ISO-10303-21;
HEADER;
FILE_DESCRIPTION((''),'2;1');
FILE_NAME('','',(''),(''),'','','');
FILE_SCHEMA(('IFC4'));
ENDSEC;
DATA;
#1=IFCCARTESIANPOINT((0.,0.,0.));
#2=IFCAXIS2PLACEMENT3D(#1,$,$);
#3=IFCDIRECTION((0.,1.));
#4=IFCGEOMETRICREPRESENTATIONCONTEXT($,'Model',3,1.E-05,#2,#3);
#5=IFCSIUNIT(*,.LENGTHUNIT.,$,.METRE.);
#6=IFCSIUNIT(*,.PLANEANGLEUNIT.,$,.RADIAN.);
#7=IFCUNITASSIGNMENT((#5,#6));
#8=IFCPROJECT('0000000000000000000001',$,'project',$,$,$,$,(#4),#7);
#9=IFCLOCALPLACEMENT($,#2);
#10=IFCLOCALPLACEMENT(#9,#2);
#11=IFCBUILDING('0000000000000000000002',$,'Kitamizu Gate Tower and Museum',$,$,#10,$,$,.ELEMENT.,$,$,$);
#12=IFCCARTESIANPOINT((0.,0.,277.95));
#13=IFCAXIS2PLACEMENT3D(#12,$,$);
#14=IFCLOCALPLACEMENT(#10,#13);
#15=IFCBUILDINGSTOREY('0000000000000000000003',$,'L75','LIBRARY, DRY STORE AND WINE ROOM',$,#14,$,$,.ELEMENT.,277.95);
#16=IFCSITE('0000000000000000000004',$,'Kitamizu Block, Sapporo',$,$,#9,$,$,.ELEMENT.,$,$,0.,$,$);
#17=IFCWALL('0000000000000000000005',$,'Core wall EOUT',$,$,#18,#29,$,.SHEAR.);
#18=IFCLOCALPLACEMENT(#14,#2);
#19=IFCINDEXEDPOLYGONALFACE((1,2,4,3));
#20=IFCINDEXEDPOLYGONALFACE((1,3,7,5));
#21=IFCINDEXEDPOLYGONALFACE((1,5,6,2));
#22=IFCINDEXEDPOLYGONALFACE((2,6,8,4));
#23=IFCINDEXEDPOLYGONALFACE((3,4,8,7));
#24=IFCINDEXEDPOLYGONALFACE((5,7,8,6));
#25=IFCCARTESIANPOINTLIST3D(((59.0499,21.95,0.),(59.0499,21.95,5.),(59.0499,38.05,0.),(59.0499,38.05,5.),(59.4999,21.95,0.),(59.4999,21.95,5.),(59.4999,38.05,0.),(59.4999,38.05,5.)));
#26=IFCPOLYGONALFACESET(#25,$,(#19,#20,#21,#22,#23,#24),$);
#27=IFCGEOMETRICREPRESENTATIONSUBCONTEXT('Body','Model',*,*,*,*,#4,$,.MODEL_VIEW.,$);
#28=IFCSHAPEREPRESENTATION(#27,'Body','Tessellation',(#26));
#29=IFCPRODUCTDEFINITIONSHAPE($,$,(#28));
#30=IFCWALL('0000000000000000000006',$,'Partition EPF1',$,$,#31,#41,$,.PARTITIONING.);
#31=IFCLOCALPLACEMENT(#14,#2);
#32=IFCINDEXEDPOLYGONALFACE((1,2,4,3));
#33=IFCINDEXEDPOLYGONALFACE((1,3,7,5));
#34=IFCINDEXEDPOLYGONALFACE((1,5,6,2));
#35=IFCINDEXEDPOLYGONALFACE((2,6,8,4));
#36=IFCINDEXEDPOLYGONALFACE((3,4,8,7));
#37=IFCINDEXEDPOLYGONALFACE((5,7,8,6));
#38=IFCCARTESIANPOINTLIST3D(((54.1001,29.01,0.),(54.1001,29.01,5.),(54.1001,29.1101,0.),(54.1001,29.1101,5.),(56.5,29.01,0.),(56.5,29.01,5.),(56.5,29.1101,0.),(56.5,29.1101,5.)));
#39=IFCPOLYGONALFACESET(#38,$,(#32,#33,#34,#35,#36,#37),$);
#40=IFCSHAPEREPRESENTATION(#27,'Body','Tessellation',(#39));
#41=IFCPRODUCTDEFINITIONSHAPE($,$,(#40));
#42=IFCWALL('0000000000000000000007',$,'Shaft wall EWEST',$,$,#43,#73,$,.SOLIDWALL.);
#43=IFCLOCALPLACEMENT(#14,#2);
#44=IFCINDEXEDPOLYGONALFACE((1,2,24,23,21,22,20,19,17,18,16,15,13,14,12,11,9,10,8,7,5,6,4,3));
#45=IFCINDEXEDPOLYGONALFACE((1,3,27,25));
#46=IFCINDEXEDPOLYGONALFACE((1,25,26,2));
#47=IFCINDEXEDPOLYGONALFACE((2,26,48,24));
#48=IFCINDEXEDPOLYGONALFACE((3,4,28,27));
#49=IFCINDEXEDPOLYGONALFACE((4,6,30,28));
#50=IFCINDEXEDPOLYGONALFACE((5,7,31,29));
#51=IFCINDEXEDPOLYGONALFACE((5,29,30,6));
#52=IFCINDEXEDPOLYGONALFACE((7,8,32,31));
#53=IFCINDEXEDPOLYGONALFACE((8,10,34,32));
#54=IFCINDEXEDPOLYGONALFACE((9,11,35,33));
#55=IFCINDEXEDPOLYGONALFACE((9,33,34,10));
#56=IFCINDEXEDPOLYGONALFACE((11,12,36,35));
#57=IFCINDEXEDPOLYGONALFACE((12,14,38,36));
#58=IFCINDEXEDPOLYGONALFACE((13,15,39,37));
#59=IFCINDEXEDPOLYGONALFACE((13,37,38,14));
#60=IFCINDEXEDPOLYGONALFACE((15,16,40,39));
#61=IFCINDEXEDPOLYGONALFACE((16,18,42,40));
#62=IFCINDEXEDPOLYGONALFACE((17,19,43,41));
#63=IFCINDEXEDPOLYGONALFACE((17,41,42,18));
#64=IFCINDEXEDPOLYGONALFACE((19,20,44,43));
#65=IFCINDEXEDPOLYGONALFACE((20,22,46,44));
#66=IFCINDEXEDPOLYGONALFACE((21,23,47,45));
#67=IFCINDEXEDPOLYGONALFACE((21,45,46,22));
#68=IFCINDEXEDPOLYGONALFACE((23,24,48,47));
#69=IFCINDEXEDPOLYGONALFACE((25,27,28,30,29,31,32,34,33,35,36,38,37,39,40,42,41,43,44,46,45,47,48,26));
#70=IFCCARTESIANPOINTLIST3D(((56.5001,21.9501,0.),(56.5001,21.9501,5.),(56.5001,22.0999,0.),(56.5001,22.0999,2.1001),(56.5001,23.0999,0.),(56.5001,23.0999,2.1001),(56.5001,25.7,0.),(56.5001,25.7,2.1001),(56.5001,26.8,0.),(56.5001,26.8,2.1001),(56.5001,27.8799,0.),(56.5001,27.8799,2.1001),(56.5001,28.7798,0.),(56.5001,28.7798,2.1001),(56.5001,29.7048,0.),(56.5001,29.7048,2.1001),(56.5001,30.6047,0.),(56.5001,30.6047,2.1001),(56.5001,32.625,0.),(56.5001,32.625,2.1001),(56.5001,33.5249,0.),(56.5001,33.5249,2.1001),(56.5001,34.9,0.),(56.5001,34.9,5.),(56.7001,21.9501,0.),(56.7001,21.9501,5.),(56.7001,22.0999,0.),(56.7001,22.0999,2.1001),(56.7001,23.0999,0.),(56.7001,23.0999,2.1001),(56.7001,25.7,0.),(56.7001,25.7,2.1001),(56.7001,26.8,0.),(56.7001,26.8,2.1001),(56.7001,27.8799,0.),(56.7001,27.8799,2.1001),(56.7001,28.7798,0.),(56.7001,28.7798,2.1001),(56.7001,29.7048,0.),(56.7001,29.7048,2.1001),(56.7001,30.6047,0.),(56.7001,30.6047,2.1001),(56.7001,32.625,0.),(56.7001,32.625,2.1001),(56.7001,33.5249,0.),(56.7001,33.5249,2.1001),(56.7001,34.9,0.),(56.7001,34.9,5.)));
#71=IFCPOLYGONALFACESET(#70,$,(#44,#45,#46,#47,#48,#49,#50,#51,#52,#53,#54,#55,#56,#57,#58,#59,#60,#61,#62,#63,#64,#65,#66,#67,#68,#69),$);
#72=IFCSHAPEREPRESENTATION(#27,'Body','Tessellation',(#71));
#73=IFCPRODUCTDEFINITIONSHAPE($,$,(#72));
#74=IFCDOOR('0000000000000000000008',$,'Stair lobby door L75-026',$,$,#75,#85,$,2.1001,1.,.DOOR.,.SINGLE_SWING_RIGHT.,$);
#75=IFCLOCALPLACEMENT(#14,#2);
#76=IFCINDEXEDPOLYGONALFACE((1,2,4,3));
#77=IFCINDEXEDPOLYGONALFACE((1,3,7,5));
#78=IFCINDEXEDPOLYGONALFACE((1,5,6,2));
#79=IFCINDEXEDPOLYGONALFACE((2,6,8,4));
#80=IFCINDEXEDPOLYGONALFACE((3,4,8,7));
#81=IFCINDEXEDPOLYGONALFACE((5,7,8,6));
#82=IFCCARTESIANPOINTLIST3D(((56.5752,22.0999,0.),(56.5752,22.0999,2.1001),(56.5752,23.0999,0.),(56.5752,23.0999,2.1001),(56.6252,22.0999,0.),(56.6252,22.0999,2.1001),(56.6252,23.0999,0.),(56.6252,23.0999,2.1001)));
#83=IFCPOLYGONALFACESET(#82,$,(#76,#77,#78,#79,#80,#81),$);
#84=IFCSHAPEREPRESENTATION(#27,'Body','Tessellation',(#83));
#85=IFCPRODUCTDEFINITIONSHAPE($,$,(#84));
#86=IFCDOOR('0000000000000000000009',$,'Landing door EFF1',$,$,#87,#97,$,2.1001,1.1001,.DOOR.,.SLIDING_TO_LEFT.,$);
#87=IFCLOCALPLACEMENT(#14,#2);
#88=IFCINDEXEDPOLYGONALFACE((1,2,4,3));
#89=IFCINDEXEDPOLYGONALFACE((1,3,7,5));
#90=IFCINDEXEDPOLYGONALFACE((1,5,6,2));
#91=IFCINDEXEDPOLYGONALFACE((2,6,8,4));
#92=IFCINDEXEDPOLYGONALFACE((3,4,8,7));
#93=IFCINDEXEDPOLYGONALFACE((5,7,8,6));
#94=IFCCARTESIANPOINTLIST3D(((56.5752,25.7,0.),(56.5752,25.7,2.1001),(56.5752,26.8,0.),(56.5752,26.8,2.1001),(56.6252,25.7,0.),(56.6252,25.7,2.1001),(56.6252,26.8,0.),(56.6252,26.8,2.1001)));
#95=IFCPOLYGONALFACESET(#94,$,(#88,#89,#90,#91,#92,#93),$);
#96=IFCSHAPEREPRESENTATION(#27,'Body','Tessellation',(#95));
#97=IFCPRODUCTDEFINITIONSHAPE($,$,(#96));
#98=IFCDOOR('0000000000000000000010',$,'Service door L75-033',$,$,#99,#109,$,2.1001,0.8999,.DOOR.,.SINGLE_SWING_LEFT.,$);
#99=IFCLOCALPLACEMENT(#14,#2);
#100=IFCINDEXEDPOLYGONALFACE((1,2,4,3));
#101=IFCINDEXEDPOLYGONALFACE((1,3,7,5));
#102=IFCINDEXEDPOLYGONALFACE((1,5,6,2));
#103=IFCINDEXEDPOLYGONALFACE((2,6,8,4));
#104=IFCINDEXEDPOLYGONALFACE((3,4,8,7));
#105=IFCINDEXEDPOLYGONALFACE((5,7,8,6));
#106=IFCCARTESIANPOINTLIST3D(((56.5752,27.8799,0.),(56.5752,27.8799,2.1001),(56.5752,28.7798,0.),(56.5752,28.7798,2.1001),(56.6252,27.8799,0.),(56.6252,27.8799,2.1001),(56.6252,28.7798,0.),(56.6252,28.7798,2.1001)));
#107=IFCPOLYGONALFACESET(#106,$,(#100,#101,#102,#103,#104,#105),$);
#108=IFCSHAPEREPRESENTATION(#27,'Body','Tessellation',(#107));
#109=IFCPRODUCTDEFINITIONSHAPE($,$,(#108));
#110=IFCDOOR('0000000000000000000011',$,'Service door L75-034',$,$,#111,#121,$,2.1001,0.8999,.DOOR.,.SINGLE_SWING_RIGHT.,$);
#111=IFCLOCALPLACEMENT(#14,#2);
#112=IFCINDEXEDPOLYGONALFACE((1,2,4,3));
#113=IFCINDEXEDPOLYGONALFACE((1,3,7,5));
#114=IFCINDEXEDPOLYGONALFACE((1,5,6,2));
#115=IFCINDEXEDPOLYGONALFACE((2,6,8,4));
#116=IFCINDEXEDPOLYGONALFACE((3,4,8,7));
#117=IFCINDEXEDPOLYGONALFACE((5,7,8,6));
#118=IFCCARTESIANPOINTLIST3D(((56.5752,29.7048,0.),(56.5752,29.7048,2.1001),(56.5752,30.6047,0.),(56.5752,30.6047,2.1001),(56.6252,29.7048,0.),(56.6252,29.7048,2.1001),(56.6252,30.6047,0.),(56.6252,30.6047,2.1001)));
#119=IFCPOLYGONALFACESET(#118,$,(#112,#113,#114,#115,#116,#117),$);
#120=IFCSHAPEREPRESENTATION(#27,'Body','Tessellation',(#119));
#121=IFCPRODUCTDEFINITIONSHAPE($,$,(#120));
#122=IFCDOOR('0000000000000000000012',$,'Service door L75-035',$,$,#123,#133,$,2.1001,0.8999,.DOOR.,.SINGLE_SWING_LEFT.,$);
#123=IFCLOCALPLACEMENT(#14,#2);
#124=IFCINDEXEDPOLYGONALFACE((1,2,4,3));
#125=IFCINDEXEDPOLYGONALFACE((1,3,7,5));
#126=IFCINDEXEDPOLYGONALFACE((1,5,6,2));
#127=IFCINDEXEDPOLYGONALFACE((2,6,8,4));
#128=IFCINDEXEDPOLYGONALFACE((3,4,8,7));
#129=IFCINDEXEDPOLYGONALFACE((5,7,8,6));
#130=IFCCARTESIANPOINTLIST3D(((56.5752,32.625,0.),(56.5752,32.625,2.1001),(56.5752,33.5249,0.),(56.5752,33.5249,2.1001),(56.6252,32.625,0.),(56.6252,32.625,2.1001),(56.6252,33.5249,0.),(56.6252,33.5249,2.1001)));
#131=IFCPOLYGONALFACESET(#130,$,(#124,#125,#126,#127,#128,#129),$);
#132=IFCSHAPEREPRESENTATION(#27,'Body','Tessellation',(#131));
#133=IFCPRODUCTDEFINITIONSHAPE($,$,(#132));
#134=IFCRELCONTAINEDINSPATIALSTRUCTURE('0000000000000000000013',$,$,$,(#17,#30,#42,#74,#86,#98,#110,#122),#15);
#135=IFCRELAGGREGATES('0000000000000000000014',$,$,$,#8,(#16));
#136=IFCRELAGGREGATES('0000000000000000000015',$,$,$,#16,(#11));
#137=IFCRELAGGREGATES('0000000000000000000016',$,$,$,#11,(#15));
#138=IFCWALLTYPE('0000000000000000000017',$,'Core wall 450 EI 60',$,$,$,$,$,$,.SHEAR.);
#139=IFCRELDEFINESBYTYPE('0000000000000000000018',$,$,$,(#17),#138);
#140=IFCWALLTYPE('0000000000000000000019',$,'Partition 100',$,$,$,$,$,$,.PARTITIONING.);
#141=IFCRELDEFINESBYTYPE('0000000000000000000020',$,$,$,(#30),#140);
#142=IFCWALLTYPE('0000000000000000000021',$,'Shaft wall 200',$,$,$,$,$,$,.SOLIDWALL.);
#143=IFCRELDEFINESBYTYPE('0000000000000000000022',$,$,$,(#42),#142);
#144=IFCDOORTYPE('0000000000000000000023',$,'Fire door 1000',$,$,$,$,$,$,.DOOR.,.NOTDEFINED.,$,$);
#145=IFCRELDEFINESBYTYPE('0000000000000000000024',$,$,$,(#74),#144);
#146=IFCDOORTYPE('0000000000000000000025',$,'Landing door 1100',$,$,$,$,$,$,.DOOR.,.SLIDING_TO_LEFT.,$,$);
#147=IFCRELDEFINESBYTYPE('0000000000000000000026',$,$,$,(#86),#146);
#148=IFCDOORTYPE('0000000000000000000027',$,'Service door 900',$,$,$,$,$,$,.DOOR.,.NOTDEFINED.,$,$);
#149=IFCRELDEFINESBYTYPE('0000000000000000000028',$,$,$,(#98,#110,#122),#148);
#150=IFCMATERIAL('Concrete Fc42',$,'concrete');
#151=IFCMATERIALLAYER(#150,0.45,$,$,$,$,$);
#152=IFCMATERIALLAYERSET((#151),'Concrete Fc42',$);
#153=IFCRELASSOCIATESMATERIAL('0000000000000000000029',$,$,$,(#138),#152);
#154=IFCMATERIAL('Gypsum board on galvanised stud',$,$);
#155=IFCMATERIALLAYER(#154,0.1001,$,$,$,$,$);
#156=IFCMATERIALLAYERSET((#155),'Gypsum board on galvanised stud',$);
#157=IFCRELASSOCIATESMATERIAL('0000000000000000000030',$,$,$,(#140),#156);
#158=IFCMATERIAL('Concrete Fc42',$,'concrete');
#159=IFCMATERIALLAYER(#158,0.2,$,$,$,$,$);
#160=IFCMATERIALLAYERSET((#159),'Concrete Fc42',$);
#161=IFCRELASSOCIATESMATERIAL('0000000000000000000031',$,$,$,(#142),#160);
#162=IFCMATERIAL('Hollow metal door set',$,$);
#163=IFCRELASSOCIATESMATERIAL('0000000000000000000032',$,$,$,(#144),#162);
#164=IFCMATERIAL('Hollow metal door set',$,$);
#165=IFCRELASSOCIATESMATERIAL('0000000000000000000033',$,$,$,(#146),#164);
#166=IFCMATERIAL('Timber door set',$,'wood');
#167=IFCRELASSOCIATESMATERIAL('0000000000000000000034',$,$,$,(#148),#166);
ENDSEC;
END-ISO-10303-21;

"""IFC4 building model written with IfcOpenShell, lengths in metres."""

from ifc_helpers import new_model, si_unit, direction, frame, frame_2d, origin, place, context, subcontext, project, spatial, rectangle, extrude, material, layer, layer_set, type_object, element, fill, save


model = new_model("IFC4")

# Units and contexts
model_context = context("Model", 3, precision=1e-05, world=origin(), true_north=direction((0.0, 1.0)))
body_context = subcontext(model_context, "Body", "Model", "MODEL_VIEW")
ifc_project = project(units=[si_unit("LENGTHUNIT", "METRE"), si_unit("PLANEANGLEUNIT", "RADIAN")], contexts=[model_context])

# Site, building, storey
site_placement = place(None, origin())
site = spatial("IfcSite", under=ifc_project, at=site_placement, Name="Kitamizu Block, Sapporo", CompositionType="ELEMENT", RefElevation=0.0)
building_placement = place(site_placement, origin())
building = spatial("IfcBuilding", under=site, at=building_placement, Name="Kitamizu Gate Tower and Museum", CompositionType="ELEMENT")
storey_placement = place(building_placement, frame((0.0, 0.0, 277.95)))
storey = spatial("IfcBuildingStorey", under=building, at=storey_placement, Name="L75", Description="LIBRARY, DRY STORE AND WINE ROOM", CompositionType="ELEMENT", Elevation=277.95)

# Walls
ifc_material_1 = material(Name="Concrete Fc42", Category="concrete")
ifc_layer_1 = layer(ifc_material_1, 0.45)
ifc_layer_set_1 = layer_set([ifc_layer_1], Name="Concrete Fc42")
wall_type_1 = type_object("IfcWallType", Name="Core wall 450 EI 60", PredefinedType="SHEAR", material=ifc_layer_set_1)
wall_1_placement = place(storey_placement, frame((59.2749, 21.95, 0.0), z_axis=(0.0, 0.0, 1.0), x_axis=(0.0, 1.0, 0.0)))
element("IfcWall", 1, at=wall_1_placement, inside=storey, type_object=wall_type_1, Name="Core wall EOUT", PredefinedType="SHEAR", context=body_context, shape_type="SweptSolid", body=[
    extrude(rectangle(XDim=16.1001, YDim=0.45, at=frame_2d((8.05, 0.0))), origin(), (0.0, 0.0, 1.0), 5.0),
])
ifc_material_2 = material(Name="Gypsum board on galvanised stud")
ifc_layer_2 = layer(ifc_material_2, 0.1001)
ifc_layer_set_2 = layer_set([ifc_layer_2], Name="Gypsum board on galvanised stud")
wall_type_2 = type_object("IfcWallType", Name="Partition 100", PredefinedType="PARTITIONING", material=ifc_layer_set_2)
wall_2_placement = place(storey_placement, frame((56.5, 29.0601, 0.0), z_axis=(0.0, 0.0, 1.0), x_axis=(-1.0, 0.0, 0.0)))
element("IfcWall", 2, at=wall_2_placement, inside=storey, type_object=wall_type_2, Name="Partition EPF1", PredefinedType="PARTITIONING", context=body_context, shape_type="SweptSolid", body=[
    extrude(rectangle(XDim=2.3999, YDim=0.1001, at=frame_2d((1.2, 0.0))), origin(), (0.0, 0.0, 1.0), 5.0),
])

# Wall, openings, doors
ifc_material_3 = material(Name="Concrete Fc42", Category="concrete")
ifc_layer_3 = layer(ifc_material_3, 0.2)
ifc_layer_set_3 = layer_set([ifc_layer_3], Name="Concrete Fc42")
wall_type_3 = type_object("IfcWallType", Name="Shaft wall 200", PredefinedType="SOLIDWALL", material=ifc_layer_set_3)
wall_3_placement = place(storey_placement, frame((56.6001, 21.95, 0.0), z_axis=(0.0, 0.0, 1.0), x_axis=(0.0, 1.0, 0.0)))
wall_3 = element("IfcWall", 3, at=wall_3_placement, inside=storey, type_object=wall_type_3, Name="Shaft wall EWEST", PredefinedType="SOLIDWALL", context=body_context, shape_type="SweptSolid", body=[
    extrude(rectangle(XDim=12.95, YDim=0.2, at=frame_2d((6.4751, 0.0))), origin(), (0.0, 0.0, 1.0), 5.0),
])
opening_1_placement = place(wall_3_placement, frame((3.75, 0.0, 0.0)))
opening_1 = element("IfcOpeningElement", 4, at=opening_1_placement, cuts=wall_3, PredefinedType="OPENING", context=body_context, shape_type="SweptSolid", body=[
    extrude(rectangle(XDim=1.1001, YDim=2.1001, at=frame_2d((0.55, 1.05))), frame((0.0, 0.1099, 0.0), z_axis=(0.0, -1.0, 0.0), x_axis=(1.0, 0.0, 0.0)), (0.0, 0.0, 1.0), 0.22),
])
opening_2_placement = place(wall_3_placement, frame((0.1499, 0.0, 0.0)))
opening_2 = element("IfcOpeningElement", 5, at=opening_2_placement, cuts=wall_3, PredefinedType="OPENING", context=body_context, shape_type="SweptSolid", body=[
    extrude(rectangle(XDim=1.0, YDim=2.1001, at=frame_2d((0.5, 1.05))), frame((0.0, 0.1099, 0.0), z_axis=(0.0, -1.0, 0.0), x_axis=(1.0, 0.0, 0.0)), (0.0, 0.0, 1.0), 0.22),
])
opening_3_placement = place(wall_3_placement, frame((5.9299, 0.0, 0.0)))
opening_3 = element("IfcOpeningElement", 6, at=opening_3_placement, cuts=wall_3, PredefinedType="OPENING", context=body_context, shape_type="SweptSolid", body=[
    extrude(rectangle(XDim=0.8999, YDim=2.1001, at=frame_2d((0.45, 1.05))), frame((0.0, 0.1099, 0.0), z_axis=(0.0, -1.0, 0.0), x_axis=(1.0, 0.0, 0.0)), (0.0, 0.0, 1.0), 0.22),
])
opening_4_placement = place(wall_3_placement, frame((7.7549, 0.0, 0.0)))
opening_4 = element("IfcOpeningElement", 7, at=opening_4_placement, cuts=wall_3, PredefinedType="OPENING", context=body_context, shape_type="SweptSolid", body=[
    extrude(rectangle(XDim=0.8999, YDim=2.1001, at=frame_2d((0.45, 1.05))), frame((0.0, 0.1099, 0.0), z_axis=(0.0, -1.0, 0.0), x_axis=(1.0, 0.0, 0.0)), (0.0, 0.0, 1.0), 0.22),
])
opening_5_placement = place(wall_3_placement, frame((10.675, 0.0, 0.0)))
opening_5 = element("IfcOpeningElement", 8, at=opening_5_placement, cuts=wall_3, PredefinedType="OPENING", context=body_context, shape_type="SweptSolid", body=[
    extrude(rectangle(XDim=0.8999, YDim=2.1001, at=frame_2d((0.45, 1.05))), frame((0.0, 0.1099, 0.0), z_axis=(0.0, -1.0, 0.0), x_axis=(1.0, 0.0, 0.0)), (0.0, 0.0, 1.0), 0.22),
])
ifc_material_4 = material(Name="Hollow metal door set")
door_type_1 = type_object("IfcDoorType", Name="Fire door 1000", OperationType="NOTDEFINED", PredefinedType="DOOR", material=ifc_material_4)
door_1_placement = place(opening_2_placement, origin())
door_1 = element("IfcDoor", 9, at=door_1_placement, inside=storey, type_object=door_type_1, Name="Stair lobby door L75-026", OperationType="SINGLE_SWING_RIGHT", OverallHeight=2.1001, OverallWidth=1.0, PredefinedType="DOOR", context=body_context, shape_type="SweptSolid", body=[
    extrude(rectangle(XDim=1.0, YDim=2.1001, at=frame_2d((0.5, 1.05))), frame((0.0, 0.0249, 0.0), z_axis=(0.0, -1.0, 0.0), x_axis=(1.0, 0.0, 0.0)), (0.0, 0.0, 1.0), 0.05),
])
fill(opening_2, door_1)
ifc_material_5 = material(Name="Hollow metal door set")
door_type_2 = type_object("IfcDoorType", Name="Landing door 1100", OperationType="SLIDING_TO_LEFT", PredefinedType="DOOR", material=ifc_material_5)
door_2_placement = place(opening_1_placement, origin())
door_2 = element("IfcDoor", 10, at=door_2_placement, inside=storey, type_object=door_type_2, Name="Landing door EFF1", OperationType="SLIDING_TO_LEFT", OverallHeight=2.1001, OverallWidth=1.1001, PredefinedType="DOOR", context=body_context, shape_type="SweptSolid", body=[
    extrude(rectangle(XDim=1.1001, YDim=2.1001, at=frame_2d((0.55, 1.05))), frame((0.0, 0.0249, 0.0), z_axis=(0.0, -1.0, 0.0), x_axis=(1.0, 0.0, 0.0)), (0.0, 0.0, 1.0), 0.05),
])
fill(opening_1, door_2)
ifc_material_6 = material(Name="Timber door set", Category="wood")
door_type_3 = type_object("IfcDoorType", Name="Service door 900", OperationType="NOTDEFINED", PredefinedType="DOOR", material=ifc_material_6)
door_3_placement = place(opening_3_placement, origin())
door_3 = element("IfcDoor", 11, at=door_3_placement, inside=storey, type_object=door_type_3, Name="Service door L75-033", OperationType="SINGLE_SWING_LEFT", OverallHeight=2.1001, OverallWidth=0.8999, PredefinedType="DOOR", context=body_context, shape_type="SweptSolid", body=[
    extrude(rectangle(XDim=0.8999, YDim=2.1001, at=frame_2d((0.45, 1.05))), frame((0.0, 0.0249, 0.0), z_axis=(0.0, -1.0, 0.0), x_axis=(1.0, 0.0, 0.0)), (0.0, 0.0, 1.0), 0.05),
])
fill(opening_3, door_3)
door_4_placement = place(opening_4_placement, origin())
door_4 = element("IfcDoor", 12, at=door_4_placement, inside=storey, type_object=door_type_3, Name="Service door L75-034", OperationType="SINGLE_SWING_RIGHT", OverallHeight=2.1001, OverallWidth=0.8999, PredefinedType="DOOR", context=body_context, shape_type="SweptSolid", body=[
    extrude(rectangle(XDim=0.8999, YDim=2.1001, at=frame_2d((0.45, 1.05))), frame((0.0, 0.0249, 0.0), z_axis=(0.0, -1.0, 0.0), x_axis=(1.0, 0.0, 0.0)), (0.0, 0.0, 1.0), 0.05),
])
fill(opening_4, door_4)
door_5_placement = place(opening_5_placement, origin())
door_5 = element("IfcDoor", 13, at=door_5_placement, inside=storey, type_object=door_type_3, Name="Service door L75-035", OperationType="SINGLE_SWING_LEFT", OverallHeight=2.1001, OverallWidth=0.8999, PredefinedType="DOOR", context=body_context, shape_type="SweptSolid", body=[
    extrude(rectangle(XDim=0.8999, YDim=2.1001, at=frame_2d((0.45, 1.05))), frame((0.0, 0.0249, 0.0), z_axis=(0.0, -1.0, 0.0), x_axis=(1.0, 0.0, 0.0)), (0.0, 0.0, 1.0), 0.05),
])
fill(opening_5, door_5)

save(model, "model.ifc")
